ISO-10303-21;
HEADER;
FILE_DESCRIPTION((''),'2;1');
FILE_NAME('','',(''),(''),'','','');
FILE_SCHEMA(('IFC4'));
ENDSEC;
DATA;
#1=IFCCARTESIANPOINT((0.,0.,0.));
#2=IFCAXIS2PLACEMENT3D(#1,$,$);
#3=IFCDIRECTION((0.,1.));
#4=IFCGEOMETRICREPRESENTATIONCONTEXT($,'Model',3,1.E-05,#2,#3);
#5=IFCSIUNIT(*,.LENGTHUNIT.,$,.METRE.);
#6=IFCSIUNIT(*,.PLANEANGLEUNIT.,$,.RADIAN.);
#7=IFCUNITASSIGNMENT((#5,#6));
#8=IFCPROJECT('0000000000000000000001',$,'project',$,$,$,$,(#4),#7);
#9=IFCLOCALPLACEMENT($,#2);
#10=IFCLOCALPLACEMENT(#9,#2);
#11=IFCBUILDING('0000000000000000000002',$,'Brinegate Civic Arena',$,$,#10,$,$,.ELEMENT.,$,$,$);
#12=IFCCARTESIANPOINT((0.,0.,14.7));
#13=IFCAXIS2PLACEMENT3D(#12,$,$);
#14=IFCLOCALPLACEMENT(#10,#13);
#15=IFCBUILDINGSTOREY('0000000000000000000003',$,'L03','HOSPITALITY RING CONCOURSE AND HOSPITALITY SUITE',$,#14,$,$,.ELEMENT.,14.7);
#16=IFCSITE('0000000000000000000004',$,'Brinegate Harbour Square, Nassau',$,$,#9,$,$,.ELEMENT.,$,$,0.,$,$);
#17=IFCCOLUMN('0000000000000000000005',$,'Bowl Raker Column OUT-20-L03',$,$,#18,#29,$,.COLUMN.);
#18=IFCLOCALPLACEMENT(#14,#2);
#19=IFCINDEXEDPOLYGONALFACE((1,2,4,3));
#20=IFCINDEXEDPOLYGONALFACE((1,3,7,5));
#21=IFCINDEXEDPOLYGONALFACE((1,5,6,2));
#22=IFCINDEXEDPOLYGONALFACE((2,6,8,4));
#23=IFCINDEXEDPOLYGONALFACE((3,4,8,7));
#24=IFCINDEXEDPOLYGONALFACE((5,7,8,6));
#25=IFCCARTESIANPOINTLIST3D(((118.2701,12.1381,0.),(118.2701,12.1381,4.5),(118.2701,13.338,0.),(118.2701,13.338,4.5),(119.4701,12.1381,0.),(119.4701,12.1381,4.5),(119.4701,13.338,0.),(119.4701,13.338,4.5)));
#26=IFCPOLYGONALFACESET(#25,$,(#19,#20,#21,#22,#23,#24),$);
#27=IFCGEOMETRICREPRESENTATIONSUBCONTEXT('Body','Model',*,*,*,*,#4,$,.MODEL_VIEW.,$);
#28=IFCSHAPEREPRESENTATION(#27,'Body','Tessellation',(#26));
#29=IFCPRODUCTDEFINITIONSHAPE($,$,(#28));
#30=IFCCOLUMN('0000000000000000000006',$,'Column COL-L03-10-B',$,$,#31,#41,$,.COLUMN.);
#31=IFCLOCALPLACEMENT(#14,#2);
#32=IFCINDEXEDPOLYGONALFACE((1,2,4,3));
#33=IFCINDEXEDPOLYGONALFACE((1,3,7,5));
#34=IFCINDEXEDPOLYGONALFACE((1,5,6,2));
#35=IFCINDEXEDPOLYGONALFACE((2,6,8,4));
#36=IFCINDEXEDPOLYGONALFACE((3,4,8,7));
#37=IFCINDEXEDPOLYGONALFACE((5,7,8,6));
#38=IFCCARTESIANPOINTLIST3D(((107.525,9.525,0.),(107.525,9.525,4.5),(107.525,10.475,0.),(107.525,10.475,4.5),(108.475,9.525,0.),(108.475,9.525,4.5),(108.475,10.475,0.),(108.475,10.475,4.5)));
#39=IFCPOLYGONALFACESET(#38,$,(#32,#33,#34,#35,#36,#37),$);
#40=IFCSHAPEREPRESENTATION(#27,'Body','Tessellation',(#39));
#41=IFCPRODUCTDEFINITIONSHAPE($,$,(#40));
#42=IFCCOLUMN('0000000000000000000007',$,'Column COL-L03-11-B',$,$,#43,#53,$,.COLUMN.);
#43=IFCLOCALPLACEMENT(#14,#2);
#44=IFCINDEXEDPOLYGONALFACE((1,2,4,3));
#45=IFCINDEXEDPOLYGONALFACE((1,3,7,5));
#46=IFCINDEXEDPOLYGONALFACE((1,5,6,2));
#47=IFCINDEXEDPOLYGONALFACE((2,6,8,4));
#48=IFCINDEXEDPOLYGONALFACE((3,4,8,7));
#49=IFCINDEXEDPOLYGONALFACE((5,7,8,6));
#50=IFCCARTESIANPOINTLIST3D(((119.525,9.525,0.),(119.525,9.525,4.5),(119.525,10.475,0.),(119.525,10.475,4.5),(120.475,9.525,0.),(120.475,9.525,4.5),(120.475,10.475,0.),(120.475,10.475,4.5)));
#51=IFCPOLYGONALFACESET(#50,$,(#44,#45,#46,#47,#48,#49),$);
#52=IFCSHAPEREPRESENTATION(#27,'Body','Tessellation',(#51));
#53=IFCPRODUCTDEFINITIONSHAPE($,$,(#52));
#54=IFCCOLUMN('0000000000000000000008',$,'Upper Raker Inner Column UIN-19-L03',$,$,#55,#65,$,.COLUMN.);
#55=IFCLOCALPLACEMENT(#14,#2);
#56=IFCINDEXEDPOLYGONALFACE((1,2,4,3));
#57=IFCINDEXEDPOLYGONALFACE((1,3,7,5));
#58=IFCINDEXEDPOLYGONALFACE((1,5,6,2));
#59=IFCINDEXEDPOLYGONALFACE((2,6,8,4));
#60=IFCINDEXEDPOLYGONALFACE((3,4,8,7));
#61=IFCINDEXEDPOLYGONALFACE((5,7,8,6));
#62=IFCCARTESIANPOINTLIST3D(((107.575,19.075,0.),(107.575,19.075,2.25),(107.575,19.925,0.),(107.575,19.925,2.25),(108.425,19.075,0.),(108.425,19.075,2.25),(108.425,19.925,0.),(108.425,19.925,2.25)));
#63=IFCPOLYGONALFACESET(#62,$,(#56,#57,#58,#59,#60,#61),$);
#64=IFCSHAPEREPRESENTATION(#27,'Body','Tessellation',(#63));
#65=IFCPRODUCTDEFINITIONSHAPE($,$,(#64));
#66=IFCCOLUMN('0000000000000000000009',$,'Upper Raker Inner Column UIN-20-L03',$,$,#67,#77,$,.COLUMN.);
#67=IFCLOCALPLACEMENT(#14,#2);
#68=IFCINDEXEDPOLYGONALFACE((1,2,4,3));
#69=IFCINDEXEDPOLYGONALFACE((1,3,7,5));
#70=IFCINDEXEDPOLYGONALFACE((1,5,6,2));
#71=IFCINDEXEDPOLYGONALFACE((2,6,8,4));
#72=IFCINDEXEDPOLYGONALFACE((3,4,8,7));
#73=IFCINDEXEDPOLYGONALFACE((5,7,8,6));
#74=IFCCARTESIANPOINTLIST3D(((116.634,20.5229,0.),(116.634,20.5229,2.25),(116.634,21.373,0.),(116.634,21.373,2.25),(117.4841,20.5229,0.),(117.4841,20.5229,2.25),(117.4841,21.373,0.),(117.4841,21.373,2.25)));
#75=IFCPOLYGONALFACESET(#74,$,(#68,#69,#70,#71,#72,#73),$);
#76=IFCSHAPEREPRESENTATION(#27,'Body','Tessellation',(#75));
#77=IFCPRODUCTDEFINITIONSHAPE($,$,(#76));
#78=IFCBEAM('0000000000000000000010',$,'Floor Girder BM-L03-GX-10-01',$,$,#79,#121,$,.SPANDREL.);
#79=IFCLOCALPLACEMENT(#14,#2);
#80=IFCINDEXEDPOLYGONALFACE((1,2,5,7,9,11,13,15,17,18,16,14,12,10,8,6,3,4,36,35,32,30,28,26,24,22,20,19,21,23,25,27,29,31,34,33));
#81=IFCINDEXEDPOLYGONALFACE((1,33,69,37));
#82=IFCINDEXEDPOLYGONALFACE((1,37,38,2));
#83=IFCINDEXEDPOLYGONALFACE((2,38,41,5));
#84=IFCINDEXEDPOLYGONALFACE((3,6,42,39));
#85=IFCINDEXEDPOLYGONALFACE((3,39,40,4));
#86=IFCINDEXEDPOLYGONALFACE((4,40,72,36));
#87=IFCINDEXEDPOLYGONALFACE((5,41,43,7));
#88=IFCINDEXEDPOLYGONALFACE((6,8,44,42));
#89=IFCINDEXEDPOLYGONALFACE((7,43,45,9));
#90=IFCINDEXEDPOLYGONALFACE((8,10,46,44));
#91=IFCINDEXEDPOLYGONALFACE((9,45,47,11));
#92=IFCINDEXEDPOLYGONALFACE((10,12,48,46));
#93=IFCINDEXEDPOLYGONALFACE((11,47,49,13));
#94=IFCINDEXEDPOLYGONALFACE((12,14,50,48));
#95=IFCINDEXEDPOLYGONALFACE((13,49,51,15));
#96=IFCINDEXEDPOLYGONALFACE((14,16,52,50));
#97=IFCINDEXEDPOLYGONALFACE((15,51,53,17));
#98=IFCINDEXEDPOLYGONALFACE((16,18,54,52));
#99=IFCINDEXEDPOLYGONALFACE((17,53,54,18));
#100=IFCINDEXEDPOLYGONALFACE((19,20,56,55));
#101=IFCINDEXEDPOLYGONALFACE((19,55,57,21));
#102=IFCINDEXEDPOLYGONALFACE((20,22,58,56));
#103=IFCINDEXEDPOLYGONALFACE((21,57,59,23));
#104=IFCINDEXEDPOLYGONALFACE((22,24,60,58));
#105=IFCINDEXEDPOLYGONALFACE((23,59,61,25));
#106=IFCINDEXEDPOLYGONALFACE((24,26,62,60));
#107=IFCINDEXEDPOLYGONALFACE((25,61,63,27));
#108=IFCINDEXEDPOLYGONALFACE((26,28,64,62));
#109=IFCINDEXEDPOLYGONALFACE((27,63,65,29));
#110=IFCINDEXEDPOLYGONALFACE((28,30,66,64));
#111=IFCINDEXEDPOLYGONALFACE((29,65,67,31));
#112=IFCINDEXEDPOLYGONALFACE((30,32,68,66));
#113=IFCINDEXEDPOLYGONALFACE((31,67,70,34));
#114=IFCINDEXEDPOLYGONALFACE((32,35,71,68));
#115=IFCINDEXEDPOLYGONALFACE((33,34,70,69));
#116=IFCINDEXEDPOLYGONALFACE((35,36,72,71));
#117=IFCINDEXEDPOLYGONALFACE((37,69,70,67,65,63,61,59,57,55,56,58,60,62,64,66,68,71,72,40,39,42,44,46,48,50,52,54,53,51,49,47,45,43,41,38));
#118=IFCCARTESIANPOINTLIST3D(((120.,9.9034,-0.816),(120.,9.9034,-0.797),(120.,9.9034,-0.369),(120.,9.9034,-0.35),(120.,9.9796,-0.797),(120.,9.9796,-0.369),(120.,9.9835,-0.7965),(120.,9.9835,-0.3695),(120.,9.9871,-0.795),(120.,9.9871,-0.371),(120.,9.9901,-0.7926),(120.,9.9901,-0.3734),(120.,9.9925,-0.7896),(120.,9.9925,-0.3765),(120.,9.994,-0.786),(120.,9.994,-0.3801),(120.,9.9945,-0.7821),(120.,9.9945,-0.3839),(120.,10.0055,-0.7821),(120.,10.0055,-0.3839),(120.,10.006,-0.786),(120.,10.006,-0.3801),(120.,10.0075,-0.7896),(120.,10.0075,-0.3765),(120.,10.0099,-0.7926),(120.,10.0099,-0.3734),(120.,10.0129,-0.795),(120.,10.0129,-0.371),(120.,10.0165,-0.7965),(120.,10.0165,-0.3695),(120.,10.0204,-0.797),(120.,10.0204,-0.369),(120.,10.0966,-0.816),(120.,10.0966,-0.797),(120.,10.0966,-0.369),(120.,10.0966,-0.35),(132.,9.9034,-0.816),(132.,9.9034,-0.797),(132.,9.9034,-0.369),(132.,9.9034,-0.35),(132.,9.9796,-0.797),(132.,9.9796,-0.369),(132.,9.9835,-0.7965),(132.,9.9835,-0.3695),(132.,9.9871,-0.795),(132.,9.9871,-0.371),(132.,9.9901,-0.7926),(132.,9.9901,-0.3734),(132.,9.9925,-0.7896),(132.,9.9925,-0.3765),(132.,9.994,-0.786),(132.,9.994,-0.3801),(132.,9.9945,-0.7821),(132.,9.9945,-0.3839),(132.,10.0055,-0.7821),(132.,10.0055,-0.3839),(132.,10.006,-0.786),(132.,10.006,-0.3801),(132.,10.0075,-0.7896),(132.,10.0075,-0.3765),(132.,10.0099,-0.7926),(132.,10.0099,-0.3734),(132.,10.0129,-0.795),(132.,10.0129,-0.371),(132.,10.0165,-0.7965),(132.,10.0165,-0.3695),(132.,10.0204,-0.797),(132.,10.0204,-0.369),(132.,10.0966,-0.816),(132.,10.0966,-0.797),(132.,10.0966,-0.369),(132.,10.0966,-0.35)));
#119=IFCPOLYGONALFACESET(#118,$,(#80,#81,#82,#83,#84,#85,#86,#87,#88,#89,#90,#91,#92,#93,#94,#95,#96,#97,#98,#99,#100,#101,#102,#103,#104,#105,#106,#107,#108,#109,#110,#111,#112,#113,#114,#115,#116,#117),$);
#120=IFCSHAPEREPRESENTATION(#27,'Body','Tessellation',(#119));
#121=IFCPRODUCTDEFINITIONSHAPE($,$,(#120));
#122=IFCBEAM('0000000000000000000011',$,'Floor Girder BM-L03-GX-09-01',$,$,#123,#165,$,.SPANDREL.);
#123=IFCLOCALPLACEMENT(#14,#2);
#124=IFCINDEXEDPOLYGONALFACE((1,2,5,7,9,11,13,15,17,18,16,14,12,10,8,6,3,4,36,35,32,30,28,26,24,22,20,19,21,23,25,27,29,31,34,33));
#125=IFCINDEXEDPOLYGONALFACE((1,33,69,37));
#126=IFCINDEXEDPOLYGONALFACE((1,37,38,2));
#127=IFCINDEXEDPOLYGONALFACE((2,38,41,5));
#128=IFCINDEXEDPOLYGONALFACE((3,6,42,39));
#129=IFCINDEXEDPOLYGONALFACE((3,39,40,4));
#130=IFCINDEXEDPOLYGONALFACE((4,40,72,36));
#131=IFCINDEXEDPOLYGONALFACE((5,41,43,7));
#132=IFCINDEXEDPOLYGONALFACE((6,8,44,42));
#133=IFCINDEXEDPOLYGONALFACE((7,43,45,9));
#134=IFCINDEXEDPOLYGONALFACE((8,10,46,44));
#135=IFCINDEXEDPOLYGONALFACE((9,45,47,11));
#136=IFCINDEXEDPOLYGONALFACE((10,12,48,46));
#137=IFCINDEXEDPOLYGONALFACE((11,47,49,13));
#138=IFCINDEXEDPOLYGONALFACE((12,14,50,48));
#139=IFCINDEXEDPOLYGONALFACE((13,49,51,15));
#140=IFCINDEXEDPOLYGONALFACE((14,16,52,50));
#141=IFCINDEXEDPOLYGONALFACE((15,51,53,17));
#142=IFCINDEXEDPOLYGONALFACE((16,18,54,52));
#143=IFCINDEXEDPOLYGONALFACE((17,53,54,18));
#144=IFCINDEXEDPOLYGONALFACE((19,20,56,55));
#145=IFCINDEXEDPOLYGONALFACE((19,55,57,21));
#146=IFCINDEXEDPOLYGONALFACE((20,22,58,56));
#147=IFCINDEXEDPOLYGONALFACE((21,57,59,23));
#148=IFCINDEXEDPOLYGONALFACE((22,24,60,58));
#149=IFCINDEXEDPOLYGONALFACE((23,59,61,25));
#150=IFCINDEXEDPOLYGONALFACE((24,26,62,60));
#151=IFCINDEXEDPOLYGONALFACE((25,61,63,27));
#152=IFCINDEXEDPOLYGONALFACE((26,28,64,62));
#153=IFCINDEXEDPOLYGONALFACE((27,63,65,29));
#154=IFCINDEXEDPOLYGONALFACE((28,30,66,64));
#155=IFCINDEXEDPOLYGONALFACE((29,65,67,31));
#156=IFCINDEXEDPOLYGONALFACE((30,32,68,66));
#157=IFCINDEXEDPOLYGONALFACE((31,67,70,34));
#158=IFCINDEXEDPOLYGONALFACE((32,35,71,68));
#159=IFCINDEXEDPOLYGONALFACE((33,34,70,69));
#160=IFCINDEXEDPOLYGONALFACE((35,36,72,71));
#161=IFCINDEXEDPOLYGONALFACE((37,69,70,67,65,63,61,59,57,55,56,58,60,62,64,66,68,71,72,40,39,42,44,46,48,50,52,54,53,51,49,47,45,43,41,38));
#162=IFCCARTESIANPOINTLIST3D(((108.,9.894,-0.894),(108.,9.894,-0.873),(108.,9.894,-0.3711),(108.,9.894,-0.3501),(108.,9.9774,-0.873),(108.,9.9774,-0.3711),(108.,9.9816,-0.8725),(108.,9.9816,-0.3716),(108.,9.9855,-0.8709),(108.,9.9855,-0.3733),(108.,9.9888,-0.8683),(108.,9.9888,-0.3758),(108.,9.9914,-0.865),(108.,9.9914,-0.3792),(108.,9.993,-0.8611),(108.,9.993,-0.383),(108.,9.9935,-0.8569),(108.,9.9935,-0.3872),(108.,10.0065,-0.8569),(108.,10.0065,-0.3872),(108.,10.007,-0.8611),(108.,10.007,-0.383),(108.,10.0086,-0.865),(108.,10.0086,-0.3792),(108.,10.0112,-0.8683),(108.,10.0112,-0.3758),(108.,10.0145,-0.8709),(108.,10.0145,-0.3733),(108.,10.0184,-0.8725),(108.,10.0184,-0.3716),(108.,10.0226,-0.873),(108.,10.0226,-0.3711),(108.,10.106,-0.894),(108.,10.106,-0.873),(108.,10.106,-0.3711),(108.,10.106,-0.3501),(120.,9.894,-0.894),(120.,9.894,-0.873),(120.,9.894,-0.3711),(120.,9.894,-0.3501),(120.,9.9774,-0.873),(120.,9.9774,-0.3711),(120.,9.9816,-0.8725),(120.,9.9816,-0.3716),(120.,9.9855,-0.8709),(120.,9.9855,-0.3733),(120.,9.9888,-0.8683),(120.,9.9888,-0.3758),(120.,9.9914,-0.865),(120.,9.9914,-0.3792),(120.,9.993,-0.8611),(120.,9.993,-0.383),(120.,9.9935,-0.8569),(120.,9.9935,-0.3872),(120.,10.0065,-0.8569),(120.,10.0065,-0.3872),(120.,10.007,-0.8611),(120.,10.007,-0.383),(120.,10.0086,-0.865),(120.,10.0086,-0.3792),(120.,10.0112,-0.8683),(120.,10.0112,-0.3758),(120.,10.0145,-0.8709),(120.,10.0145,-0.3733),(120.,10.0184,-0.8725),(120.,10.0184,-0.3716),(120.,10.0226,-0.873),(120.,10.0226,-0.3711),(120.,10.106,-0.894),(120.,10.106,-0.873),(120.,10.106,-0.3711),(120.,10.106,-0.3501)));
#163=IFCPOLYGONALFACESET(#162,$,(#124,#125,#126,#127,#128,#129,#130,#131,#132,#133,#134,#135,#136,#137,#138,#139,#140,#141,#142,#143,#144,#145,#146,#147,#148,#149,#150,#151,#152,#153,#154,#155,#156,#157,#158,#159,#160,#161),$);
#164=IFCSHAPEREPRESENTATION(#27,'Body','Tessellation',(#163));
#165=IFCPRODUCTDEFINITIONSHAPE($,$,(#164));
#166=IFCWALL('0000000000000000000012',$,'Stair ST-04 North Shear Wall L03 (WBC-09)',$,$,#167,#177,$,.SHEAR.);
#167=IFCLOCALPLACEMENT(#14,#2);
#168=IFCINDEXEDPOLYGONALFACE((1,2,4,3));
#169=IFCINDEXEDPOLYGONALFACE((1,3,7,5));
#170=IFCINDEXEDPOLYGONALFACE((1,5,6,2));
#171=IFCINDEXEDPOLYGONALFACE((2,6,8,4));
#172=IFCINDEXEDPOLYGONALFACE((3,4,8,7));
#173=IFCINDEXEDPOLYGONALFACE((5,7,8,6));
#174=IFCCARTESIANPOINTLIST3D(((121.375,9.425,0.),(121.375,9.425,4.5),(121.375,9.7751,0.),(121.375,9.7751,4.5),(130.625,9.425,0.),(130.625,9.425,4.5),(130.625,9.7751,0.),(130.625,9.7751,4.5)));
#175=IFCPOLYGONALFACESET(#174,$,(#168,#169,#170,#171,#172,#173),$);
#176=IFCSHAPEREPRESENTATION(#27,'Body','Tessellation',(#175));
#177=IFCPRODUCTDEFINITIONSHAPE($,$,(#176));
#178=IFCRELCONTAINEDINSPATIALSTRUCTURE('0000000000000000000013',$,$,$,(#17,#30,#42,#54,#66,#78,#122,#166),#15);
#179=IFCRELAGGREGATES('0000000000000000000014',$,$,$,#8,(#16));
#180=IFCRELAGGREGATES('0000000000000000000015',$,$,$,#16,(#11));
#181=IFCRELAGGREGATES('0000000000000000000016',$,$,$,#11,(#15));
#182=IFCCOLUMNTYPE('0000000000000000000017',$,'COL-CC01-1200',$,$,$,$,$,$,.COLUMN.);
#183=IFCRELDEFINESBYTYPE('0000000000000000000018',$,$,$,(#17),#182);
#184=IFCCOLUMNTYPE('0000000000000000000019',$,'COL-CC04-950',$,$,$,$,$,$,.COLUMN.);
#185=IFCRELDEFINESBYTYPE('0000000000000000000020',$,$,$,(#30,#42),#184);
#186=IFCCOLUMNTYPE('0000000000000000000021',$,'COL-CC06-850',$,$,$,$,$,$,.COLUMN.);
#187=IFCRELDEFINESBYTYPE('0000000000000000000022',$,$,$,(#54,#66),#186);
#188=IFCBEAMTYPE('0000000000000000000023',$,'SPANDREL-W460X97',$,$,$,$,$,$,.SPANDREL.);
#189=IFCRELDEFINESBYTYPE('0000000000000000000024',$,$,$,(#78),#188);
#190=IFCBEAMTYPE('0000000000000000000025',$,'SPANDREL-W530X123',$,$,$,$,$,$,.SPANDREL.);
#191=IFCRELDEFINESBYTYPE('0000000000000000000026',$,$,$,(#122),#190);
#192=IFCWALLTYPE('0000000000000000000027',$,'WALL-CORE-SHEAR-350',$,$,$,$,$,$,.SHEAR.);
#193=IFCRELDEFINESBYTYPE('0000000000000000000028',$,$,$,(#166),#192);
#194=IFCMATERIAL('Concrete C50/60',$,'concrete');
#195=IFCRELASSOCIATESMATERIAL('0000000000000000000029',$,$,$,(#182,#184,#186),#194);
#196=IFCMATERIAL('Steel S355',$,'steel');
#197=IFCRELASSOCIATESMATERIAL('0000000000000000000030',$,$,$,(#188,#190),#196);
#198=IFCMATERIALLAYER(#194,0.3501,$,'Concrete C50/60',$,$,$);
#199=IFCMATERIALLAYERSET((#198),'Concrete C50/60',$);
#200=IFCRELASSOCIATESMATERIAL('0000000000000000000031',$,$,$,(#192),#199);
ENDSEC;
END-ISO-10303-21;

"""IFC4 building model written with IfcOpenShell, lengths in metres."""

from ifc_helpers import new_model, si_unit, direction, frame, frame_2d, origin, origin_2d, place, context, subcontext, project, spatial, rectangle, i_section, extrude, material, layer, layer_set, material_profile, profile_set, type_object, element, save


model = new_model("IFC4")

# Units and contexts
model_context = context("Model", 3, precision=1e-05, world=origin(), true_north=direction((0.0, 1.0)))
body_context = subcontext(model_context, "Body", "Model", "MODEL_VIEW")
ifc_project = project(units=[si_unit("LENGTHUNIT", "METRE"), si_unit("PLANEANGLEUNIT", "RADIAN")], contexts=[model_context])

# Site, building, storey
site_placement = place(None, origin())
site = spatial("IfcSite", under=ifc_project, at=site_placement, Name="Brinegate Harbour Square, Nassau", CompositionType="ELEMENT", RefElevation=0.0)
building_placement = place(site_placement, origin())
building = spatial("IfcBuilding", under=site, at=building_placement, Name="Brinegate Civic Arena", CompositionType="ELEMENT")
storey_placement = place(building_placement, frame((0.0, 0.0, 14.7)))
storey = spatial("IfcBuildingStorey", under=building, at=storey_placement, Name="L03", Description="HOSPITALITY RING CONCOURSE AND HOSPITALITY SUITE", CompositionType="ELEMENT", Elevation=14.7)

# Columns
ifc_material_1 = material(Name="Concrete C50/60", Category="concrete")
ifc_material_profile_1 = material_profile(ifc_material_1, rectangle(XDim=1.2, YDim=1.2, at=origin_2d()), Name="RC1200X1200")
ifc_profile_set_1 = profile_set([ifc_material_profile_1], Name="Concrete C50/60")
column_type_1 = type_object("IfcColumnType", Name="COL-CC01-1200", PredefinedType="COLUMN", material=ifc_profile_set_1)
column_placement = place(storey_placement, frame((118.8701, 12.738, 0.0), z_axis=(0.0, 0.0, 1.0), x_axis=(1.0, 0.0, 0.0)))
element("IfcColumn", 1, at=column_placement, inside=storey, type_object=column_type_1, Name="Bowl Raker Column OUT-20-L03", PredefinedType="COLUMN", context=body_context, shape_type="SweptSolid", body=[
    extrude(rectangle(XDim=1.2, YDim=1.2, at=origin_2d()), origin(), (0.0, 0.0, 1.0), 4.5),
])
ifc_material_profile_2 = material_profile(ifc_material_1, rectangle(XDim=0.95, YDim=0.95, at=origin_2d()), Name="RC950X950")
ifc_profile_set_2 = profile_set([ifc_material_profile_2], Name="Concrete C50/60")
column_type_2 = type_object("IfcColumnType", Name="COL-CC04-950", PredefinedType="COLUMN", material=ifc_profile_set_2)
for number, where, z_axis, x_axis, name in (
    (2, (108.0, 10.0, 0.0), (0.0, 0.0, 1.0), (1.0, 0.0, 0.0), "Column COL-L03-10-B"),
    (3, (120.0, 10.0, 0.0), (0.0, 0.0, 1.0), (1.0, 0.0, 0.0), "Column COL-L03-11-B"),
):
    element("IfcColumn", number, at=place(storey_placement, frame(where, z_axis=z_axis, x_axis=x_axis)), inside=storey, type_object=column_type_2, Name=name, PredefinedType="COLUMN", context=body_context, shape_type="SweptSolid", body=[
        extrude(rectangle(XDim=0.95, YDim=0.95, at=origin_2d()), origin(), (0.0, 0.0, 1.0), 4.5),
    ])
ifc_material_profile_3 = material_profile(ifc_material_1, rectangle(XDim=0.8501, YDim=0.8501, at=origin_2d()), Name="RC850X850")
ifc_profile_set_3 = profile_set([ifc_material_profile_3], Name="Concrete C50/60")
column_type_3 = type_object("IfcColumnType", Name="COL-CC06-850", PredefinedType="COLUMN", material=ifc_profile_set_3)
for number, where, z_axis, x_axis, name in (
    (4, (108.0, 19.5, 0.0), (0.0, 0.0, 1.0), (1.0, 0.0, 0.0), "Upper Raker Inner Column UIN-19-L03"),
    (5, (117.0591, 20.948, 0.0), (0.0, 0.0, 1.0), (1.0, 0.0, 0.0), "Upper Raker Inner Column UIN-20-L03"),
):
    element("IfcColumn", number, at=place(storey_placement, frame(where, z_axis=z_axis, x_axis=x_axis)), inside=storey, type_object=column_type_3, Name=name, PredefinedType="COLUMN", context=body_context, shape_type="SweptSolid", body=[
        extrude(rectangle(XDim=0.8501, YDim=0.8501, at=origin_2d()), origin(), (0.0, 0.0, 1.0), 2.25),
    ])

# Beams
ifc_material_2 = material(Name="Steel S355", Category="steel")
ifc_material_profile_4 = material_profile(ifc_material_2, i_section(OverallWidth=0.1931, OverallDepth=0.4661, WebThickness=0.011, FlangeThickness=0.019, FilletRadius=0.0149, at=origin_2d()), Name="W460X97")
ifc_profile_set_4 = profile_set([ifc_material_profile_4], Name="Steel S355")
beam_type_1 = type_object("IfcBeamType", Name="SPANDREL-W460X97", PredefinedType="SPANDREL", material=ifc_profile_set_4)
beam_1_placement = place(storey_placement, frame((120.0, 10.0, -0.583), z_axis=(1.0, 0.0, 0.0), x_axis=(0.0, 1.0, 0.0)))
element("IfcBeam", 6, at=beam_1_placement, inside=storey, type_object=beam_type_1, Name="Floor Girder BM-L03-GX-10-01", PredefinedType="SPANDREL", context=body_context, shape_type="SweptSolid", body=[
    extrude(i_section(OverallWidth=0.1931, OverallDepth=0.4661, WebThickness=0.011, FlangeThickness=0.019, FilletRadius=0.0149, at=origin_2d()), origin(), (0.0, 0.0, 1.0), 12.0),
])
ifc_material_profile_5 = material_profile(ifc_material_2, i_section(OverallWidth=0.2119, OverallDepth=0.5439, WebThickness=0.0129, FlangeThickness=0.021, FilletRadius=0.0161, at=origin_2d()), Name="W530X123")
ifc_profile_set_5 = profile_set([ifc_material_profile_5], Name="Steel S355")
beam_type_2 = type_object("IfcBeamType", Name="SPANDREL-W530X123", PredefinedType="SPANDREL", material=ifc_profile_set_5)
beam_2_placement = place(storey_placement, frame((108.0, 10.0, -0.6221), z_axis=(1.0, 0.0, 0.0), x_axis=(0.0, 1.0, 0.0)))
element("IfcBeam", 7, at=beam_2_placement, inside=storey, type_object=beam_type_2, Name="Floor Girder BM-L03-GX-09-01", PredefinedType="SPANDREL", context=body_context, shape_type="SweptSolid", body=[
    extrude(i_section(OverallWidth=0.2119, OverallDepth=0.5439, WebThickness=0.0129, FlangeThickness=0.021, FilletRadius=0.0161, at=origin_2d()), origin(), (0.0, 0.0, 1.0), 12.0),
])

# Wall
ifc_layer_1 = layer(ifc_material_1, 0.3501, Name="Concrete C50/60")
ifc_layer_set_1 = layer_set([ifc_layer_1], Name="Concrete C50/60")
wall_type = type_object("IfcWallType", Name="WALL-CORE-SHEAR-350", PredefinedType="SHEAR", material=ifc_layer_set_1)
wall_1_placement = place(storey_placement, frame((121.375, 9.6001, 0.0), z_axis=(0.0, 0.0, 1.0), x_axis=(1.0, 0.0, 0.0)))
element("IfcWall", 8, at=wall_1_placement, inside=storey, type_object=wall_type, Name="Stair ST-04 North Shear Wall L03 (WBC-09)", PredefinedType="SHEAR", context=body_context, shape_type="SweptSolid", body=[
    extrude(rectangle(XDim=9.25, YDim=0.3501, at=frame_2d((4.625, 0.0))), origin(), (0.0, 0.0, 1.0), 4.5),
])

save(model, "model.ifc")
